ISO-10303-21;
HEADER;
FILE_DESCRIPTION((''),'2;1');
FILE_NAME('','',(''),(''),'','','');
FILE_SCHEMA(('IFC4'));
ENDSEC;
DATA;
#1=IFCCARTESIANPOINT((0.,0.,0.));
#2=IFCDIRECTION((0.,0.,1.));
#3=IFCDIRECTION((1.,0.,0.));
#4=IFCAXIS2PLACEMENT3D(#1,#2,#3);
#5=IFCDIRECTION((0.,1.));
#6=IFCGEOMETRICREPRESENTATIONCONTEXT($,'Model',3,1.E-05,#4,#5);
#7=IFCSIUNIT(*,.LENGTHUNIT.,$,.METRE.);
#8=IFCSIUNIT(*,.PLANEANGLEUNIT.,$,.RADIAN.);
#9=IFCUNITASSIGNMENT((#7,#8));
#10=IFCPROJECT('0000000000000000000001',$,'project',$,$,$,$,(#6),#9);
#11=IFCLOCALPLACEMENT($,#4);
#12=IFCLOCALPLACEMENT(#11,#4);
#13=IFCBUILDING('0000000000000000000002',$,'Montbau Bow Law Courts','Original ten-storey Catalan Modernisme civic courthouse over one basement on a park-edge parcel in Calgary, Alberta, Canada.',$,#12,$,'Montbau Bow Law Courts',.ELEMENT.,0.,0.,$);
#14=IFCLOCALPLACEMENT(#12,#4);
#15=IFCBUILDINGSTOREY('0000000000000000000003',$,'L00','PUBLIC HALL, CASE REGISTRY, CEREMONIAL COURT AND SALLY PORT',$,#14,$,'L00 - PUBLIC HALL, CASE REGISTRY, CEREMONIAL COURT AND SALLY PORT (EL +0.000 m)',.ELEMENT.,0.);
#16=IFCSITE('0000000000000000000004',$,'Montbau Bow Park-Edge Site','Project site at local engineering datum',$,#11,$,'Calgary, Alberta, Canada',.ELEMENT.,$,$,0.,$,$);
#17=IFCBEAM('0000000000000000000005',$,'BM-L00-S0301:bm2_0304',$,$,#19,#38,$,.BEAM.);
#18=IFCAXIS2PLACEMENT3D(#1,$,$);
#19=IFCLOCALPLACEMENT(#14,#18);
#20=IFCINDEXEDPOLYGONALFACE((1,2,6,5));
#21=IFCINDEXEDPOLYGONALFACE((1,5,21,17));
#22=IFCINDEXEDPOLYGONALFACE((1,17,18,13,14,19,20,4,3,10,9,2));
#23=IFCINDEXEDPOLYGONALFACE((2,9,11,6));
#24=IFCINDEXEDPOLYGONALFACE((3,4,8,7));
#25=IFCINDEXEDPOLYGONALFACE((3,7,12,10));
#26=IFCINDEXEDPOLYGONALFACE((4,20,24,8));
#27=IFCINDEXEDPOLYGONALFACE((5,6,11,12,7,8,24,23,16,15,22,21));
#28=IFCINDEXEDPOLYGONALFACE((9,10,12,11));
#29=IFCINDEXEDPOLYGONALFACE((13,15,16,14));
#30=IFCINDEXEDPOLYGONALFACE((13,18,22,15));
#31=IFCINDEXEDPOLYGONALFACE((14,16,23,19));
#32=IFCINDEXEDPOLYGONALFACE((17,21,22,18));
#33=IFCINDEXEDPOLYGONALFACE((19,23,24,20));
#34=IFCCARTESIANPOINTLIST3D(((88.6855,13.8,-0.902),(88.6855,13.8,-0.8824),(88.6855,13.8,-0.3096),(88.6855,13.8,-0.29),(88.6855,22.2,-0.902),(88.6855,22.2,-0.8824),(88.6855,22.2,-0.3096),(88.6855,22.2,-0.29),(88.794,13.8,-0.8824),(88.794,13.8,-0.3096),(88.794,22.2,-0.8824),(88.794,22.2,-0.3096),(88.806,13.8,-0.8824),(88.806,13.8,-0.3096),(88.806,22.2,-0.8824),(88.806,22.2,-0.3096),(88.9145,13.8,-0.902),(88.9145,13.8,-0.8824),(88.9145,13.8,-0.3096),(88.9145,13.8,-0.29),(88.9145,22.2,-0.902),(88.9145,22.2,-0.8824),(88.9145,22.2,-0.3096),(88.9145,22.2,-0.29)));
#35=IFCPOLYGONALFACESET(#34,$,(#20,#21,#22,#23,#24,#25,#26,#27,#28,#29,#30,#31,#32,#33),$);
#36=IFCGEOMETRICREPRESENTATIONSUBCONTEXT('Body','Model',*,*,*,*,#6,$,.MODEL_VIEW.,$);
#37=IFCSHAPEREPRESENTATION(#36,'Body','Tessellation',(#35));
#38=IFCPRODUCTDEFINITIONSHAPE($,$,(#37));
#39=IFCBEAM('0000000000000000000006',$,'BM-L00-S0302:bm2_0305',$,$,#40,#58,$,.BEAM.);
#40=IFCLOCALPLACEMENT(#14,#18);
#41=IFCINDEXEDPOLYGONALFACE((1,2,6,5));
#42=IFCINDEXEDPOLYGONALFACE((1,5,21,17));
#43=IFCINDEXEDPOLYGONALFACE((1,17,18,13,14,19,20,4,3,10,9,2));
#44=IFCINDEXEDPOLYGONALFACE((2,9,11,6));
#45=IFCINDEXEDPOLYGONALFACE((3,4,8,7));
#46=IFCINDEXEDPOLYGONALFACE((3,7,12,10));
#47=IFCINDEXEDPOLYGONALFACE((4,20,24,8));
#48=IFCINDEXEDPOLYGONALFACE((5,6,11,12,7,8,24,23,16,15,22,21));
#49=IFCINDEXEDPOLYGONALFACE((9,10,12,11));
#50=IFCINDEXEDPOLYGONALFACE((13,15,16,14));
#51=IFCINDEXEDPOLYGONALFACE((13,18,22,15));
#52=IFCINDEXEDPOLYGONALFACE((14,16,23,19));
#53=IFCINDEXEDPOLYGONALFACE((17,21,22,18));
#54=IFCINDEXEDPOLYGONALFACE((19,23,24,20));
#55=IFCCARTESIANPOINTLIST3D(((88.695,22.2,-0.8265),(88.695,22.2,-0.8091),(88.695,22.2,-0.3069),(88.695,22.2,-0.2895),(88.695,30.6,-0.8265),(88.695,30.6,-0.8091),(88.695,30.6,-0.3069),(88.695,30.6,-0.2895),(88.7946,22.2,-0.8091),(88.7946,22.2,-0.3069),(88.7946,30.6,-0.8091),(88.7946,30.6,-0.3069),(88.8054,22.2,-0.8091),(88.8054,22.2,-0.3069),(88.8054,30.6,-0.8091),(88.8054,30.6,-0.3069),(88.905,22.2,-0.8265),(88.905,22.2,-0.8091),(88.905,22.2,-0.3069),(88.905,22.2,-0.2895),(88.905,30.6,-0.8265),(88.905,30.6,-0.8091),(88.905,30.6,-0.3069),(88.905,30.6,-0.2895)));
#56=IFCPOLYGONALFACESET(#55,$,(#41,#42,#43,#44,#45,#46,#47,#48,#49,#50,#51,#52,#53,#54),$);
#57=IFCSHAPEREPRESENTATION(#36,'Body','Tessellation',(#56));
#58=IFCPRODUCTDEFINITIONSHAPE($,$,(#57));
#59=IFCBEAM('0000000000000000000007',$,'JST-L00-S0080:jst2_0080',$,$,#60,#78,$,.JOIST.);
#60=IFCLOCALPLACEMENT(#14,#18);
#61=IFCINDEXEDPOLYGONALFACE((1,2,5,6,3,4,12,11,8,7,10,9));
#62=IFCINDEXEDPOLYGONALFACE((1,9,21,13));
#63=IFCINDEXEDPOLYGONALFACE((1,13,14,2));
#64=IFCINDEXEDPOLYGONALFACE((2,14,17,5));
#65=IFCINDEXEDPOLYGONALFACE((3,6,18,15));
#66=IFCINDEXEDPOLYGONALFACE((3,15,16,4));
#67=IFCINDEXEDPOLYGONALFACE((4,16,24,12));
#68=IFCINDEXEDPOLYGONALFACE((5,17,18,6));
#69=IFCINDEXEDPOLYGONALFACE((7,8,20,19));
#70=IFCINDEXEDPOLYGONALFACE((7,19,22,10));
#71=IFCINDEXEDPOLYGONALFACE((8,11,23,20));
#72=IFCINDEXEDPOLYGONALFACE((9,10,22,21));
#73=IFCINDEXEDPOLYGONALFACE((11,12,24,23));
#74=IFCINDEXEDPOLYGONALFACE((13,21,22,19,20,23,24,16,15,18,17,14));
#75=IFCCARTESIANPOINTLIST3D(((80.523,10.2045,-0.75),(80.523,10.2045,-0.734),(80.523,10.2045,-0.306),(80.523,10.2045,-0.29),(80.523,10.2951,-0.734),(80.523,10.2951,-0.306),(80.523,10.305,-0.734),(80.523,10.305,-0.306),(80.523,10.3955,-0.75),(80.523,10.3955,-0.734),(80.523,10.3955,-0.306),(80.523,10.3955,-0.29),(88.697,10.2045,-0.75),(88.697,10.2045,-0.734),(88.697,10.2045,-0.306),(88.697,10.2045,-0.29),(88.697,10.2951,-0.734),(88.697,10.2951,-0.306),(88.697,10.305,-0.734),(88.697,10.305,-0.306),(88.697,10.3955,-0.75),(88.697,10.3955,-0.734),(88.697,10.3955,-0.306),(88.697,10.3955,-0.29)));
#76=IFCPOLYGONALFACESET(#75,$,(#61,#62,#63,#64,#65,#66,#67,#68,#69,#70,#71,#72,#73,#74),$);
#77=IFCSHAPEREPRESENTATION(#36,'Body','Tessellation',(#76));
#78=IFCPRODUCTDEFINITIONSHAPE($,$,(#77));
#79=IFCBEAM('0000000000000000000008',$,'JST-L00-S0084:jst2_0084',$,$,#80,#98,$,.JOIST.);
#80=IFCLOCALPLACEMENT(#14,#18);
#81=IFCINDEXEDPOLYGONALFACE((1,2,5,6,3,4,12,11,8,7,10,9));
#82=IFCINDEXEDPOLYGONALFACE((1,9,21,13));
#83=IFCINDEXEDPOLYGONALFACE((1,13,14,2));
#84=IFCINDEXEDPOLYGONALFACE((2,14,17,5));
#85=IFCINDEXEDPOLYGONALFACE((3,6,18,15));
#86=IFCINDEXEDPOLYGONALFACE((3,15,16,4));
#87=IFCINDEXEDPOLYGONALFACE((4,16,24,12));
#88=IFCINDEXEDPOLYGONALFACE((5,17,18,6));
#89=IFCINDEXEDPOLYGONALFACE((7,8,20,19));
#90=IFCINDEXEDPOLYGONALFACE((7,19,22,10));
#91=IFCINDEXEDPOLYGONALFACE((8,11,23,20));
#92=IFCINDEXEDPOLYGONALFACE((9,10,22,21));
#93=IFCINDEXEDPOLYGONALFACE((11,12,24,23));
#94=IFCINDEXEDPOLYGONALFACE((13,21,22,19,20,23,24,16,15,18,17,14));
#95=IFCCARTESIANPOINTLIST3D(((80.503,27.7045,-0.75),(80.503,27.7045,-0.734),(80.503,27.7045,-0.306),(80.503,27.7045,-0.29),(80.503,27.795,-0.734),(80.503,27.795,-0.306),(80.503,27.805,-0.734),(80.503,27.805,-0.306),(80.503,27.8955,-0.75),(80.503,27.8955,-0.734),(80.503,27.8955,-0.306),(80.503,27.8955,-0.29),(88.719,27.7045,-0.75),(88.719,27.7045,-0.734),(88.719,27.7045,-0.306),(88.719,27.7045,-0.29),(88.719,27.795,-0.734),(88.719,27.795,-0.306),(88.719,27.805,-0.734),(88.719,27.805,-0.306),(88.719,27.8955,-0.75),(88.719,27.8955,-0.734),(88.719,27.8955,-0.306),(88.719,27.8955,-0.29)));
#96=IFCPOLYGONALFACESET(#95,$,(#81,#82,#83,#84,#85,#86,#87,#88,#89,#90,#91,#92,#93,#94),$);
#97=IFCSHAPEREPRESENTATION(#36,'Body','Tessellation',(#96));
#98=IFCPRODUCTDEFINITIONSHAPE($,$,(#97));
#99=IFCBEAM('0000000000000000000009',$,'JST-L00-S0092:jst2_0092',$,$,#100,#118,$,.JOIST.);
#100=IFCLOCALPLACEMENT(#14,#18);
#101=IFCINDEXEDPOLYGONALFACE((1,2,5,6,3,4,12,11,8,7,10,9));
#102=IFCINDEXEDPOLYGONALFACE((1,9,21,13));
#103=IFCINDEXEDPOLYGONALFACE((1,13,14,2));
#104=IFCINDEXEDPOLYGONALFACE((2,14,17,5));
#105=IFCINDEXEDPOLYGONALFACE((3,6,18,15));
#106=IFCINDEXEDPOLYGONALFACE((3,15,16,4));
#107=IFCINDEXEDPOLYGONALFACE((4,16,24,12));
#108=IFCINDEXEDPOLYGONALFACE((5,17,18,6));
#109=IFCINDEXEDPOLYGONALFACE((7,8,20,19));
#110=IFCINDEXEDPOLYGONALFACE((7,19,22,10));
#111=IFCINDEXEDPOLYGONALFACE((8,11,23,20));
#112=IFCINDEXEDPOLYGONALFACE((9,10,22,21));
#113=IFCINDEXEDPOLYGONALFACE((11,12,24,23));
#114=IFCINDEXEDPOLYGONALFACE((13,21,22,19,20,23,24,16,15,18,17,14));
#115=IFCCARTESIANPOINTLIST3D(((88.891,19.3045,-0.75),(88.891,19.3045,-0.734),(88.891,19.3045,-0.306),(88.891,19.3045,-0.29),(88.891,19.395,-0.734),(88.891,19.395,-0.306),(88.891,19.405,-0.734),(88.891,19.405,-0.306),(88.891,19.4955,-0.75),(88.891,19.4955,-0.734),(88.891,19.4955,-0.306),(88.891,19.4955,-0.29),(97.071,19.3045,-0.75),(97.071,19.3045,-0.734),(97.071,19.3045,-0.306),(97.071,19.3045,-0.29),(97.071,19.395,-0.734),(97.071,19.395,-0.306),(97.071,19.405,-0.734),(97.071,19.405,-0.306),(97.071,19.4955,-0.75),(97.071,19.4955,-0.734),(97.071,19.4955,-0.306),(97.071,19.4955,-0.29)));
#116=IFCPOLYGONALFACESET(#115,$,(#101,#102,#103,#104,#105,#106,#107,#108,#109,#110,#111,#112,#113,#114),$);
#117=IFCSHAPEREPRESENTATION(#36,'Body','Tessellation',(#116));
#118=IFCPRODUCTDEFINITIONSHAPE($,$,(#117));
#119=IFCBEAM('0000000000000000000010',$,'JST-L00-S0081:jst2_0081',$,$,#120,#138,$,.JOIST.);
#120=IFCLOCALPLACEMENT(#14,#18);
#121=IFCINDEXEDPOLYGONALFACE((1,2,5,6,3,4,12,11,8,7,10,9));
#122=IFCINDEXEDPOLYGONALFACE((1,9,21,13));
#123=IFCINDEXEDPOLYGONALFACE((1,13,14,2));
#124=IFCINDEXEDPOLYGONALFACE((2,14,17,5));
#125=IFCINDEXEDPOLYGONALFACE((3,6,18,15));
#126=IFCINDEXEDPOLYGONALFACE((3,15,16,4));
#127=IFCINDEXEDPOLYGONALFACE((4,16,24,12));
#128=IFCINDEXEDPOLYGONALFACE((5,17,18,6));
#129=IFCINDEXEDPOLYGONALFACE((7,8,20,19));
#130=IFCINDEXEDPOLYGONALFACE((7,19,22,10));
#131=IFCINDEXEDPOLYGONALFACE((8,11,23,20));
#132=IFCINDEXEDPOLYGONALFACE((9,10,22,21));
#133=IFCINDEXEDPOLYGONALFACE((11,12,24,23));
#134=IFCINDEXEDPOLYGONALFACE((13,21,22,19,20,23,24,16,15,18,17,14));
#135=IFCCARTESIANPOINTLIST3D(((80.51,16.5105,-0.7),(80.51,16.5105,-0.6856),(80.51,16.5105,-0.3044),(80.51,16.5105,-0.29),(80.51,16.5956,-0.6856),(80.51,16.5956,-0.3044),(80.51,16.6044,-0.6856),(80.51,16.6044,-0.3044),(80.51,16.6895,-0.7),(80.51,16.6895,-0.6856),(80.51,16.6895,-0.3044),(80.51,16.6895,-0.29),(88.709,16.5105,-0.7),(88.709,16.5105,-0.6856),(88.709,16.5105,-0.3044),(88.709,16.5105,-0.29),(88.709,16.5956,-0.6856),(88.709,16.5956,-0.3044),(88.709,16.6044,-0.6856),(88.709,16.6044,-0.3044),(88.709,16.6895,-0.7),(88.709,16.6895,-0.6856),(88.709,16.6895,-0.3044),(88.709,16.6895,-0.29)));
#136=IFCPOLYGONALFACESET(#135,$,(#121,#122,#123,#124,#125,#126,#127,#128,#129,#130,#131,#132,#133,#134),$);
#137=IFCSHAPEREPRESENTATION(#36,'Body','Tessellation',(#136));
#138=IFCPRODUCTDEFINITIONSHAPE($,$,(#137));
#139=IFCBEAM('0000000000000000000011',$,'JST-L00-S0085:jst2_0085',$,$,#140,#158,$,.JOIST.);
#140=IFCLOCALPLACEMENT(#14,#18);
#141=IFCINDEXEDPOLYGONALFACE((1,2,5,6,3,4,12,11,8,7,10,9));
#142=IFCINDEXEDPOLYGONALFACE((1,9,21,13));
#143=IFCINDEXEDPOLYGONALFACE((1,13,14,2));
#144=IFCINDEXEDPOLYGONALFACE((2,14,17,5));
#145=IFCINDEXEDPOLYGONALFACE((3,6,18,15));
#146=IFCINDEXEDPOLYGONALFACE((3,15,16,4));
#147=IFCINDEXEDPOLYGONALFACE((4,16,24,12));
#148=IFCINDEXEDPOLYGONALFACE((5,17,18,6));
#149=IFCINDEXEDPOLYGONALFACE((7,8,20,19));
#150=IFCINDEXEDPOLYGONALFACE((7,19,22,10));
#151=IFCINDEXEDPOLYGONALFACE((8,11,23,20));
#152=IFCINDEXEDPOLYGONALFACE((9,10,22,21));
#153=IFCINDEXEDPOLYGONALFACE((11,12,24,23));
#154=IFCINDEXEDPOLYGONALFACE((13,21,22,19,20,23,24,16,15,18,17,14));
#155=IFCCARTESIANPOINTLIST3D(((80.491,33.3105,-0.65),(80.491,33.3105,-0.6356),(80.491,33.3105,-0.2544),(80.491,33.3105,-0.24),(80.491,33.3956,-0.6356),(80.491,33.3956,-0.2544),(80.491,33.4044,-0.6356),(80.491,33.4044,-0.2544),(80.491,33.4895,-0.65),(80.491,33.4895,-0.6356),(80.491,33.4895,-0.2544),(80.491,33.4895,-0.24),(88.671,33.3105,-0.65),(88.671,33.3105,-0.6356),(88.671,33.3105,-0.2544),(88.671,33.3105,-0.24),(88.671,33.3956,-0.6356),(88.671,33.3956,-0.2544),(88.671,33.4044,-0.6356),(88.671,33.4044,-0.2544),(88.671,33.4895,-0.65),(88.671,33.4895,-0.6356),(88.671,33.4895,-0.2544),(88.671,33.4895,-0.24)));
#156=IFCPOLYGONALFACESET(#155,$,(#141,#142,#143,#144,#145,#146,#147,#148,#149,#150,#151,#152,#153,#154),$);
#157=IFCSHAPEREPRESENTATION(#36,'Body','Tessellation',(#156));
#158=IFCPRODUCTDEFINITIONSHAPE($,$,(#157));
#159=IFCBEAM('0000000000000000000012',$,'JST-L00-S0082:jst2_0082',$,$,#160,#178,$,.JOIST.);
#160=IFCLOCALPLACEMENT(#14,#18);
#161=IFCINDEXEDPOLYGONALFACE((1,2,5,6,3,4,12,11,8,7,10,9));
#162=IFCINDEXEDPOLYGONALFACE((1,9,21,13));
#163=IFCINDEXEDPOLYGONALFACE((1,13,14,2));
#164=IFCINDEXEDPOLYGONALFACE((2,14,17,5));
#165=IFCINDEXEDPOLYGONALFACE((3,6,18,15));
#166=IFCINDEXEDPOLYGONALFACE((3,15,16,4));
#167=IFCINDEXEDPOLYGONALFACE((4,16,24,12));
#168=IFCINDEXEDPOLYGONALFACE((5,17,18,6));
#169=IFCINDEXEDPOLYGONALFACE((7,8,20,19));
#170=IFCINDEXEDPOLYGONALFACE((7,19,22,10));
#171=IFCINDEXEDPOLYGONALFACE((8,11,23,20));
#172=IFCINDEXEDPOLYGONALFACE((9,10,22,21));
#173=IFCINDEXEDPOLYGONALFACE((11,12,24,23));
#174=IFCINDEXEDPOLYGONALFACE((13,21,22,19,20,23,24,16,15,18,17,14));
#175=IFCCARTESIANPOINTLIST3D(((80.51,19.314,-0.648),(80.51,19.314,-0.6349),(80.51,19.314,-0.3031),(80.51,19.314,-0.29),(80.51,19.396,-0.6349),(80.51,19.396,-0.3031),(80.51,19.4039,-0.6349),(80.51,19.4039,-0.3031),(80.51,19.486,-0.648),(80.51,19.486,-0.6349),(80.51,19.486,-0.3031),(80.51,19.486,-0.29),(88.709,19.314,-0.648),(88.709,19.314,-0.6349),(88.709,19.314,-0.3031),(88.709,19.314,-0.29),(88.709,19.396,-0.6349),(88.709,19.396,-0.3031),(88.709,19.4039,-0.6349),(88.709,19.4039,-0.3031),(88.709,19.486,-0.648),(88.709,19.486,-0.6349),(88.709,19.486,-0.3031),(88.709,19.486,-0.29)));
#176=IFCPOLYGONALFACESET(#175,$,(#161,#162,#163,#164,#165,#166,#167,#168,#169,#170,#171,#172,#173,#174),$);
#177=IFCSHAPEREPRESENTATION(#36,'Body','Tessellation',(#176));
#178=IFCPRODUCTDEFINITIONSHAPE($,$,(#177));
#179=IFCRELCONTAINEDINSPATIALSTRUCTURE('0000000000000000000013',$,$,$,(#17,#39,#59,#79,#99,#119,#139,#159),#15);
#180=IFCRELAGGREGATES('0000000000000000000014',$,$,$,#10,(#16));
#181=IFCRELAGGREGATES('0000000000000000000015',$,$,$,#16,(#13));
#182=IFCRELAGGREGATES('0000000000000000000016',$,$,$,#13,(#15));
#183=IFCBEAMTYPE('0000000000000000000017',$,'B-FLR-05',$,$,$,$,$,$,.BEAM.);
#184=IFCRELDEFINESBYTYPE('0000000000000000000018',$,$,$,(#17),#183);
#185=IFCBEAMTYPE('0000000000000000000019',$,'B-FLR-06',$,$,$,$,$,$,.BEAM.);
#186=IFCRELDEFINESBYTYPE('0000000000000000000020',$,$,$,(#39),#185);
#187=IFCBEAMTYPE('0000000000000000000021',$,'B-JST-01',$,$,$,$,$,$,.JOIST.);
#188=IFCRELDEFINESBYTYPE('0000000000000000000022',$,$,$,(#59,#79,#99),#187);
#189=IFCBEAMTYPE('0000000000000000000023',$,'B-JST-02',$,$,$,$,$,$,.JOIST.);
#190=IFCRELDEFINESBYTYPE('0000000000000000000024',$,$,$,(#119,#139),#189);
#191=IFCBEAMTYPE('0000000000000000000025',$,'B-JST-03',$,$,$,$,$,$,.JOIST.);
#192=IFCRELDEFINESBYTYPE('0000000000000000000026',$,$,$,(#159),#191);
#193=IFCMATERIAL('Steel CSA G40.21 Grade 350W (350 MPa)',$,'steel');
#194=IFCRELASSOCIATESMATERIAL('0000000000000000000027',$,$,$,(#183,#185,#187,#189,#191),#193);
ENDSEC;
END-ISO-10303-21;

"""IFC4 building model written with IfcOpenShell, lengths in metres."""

from ifc_helpers import new_model, si_unit, direction, frame, origin_with_axes, origin_2d_with_axis, place, context, subcontext, project, spatial, i_section, extrude, material, material_profile, profile_set, type_object, element, save


model = new_model("IFC4")

# Units and contexts
model_context = context("Model", 3, precision=1e-05, world=origin_with_axes(), true_north=direction((0.0, 1.0)))
body_context = subcontext(model_context, "Body", "Model", "MODEL_VIEW")
ifc_project = project(units=[si_unit("LENGTHUNIT", "METRE"), si_unit("PLANEANGLEUNIT", "RADIAN")], contexts=[model_context])

# Site, building, storey
site_placement = place(None, origin_with_axes())
site = spatial("IfcSite", under=ifc_project, at=site_placement, Name="Montbau Bow Park-Edge Site", Description="Project site at local engineering datum", LongName="Calgary, Alberta, Canada", CompositionType="ELEMENT", RefElevation=0.0)
building_placement = place(site_placement, origin_with_axes())
building = spatial("IfcBuilding", under=site, at=building_placement, Name="Montbau Bow Law Courts", Description="Original ten-storey Catalan Modernisme civic courthouse over one basement on a park-edge parcel in Calgary, Alberta, Canada.", LongName="Montbau Bow Law Courts", CompositionType="ELEMENT", ElevationOfRefHeight=0.0, ElevationOfTerrain=0.0)
storey_placement = place(building_placement, origin_with_axes())
storey = spatial("IfcBuildingStorey", under=building, at=storey_placement, Name="L00", Description="PUBLIC HALL, CASE REGISTRY, CEREMONIAL COURT AND SALLY PORT", LongName="L00 - PUBLIC HALL, CASE REGISTRY, CEREMONIAL COURT AND SALLY PORT (EL +0.000 m)", CompositionType="ELEMENT", Elevation=0.0)

# Beams
ifc_material_1 = material(Name="Steel CSA G40.21 Grade 350W (350 MPa)", Category="steel")
ifc_material_profile_1 = material_profile(ifc_material_1, i_section(OverallWidth=0.229, OverallDepth=0.612, WebThickness=0.0119, FlangeThickness=0.0196, at=origin_2d_with_axis()), Name="W610X125", Category="Main", Priority=0)
ifc_profile_set_1 = profile_set([ifc_material_profile_1], Name="Steel CSA G40.21 Grade 350W (350 MPa)")
beam_type_1 = type_object("IfcBeamType", Name="B-FLR-05", PredefinedType="BEAM", material=ifc_profile_set_1)
for number, where, z_axis, x_axis, name in (
    (1, (88.8, 13.8, -0.596), (0.0, 1.0, 0.0), (-1.0, 0.0, 0.0), "BM-L00-S0301:bm2_0304"),
):
    element("IfcBeam", number, at=place(None, frame(where, z_axis=z_axis, x_axis=x_axis)), inside=storey, type_object=beam_type_1, Name=name, PredefinedType="BEAM", context=body_context, shape_type="SweptSolid", body=[
        extrude(i_section(OverallWidth=0.229, OverallDepth=0.612, WebThickness=0.0119, FlangeThickness=0.0196, at=origin_2d_with_axis()), origin_with_axes(), (0.0, 0.0, 1.0), 8.4),
    ])
ifc_material_profile_2 = material_profile(ifc_material_1, i_section(OverallWidth=0.21, OverallDepth=0.537, WebThickness=0.0109, FlangeThickness=0.0174, at=origin_2d_with_axis()), Name="W530X101", Category="Main", Priority=0)
ifc_profile_set_2 = profile_set([ifc_material_profile_2], Name="Steel CSA G40.21 Grade 350W (350 MPa)")
beam_type_2 = type_object("IfcBeamType", Name="B-FLR-06", PredefinedType="BEAM", material=ifc_profile_set_2)
beam_1_placement = place(None, frame((88.8, 22.2, -0.558), z_axis=(0.0, 1.0, 0.0), x_axis=(-1.0, 0.0, 0.0)))
element("IfcBeam", 2, at=beam_1_placement, inside=storey, type_object=beam_type_2, Name="BM-L00-S0302:bm2_0305", PredefinedType="BEAM", context=body_context, shape_type="SweptSolid", body=[
    extrude(i_section(OverallWidth=0.21, OverallDepth=0.537, WebThickness=0.0109, FlangeThickness=0.0174, at=origin_2d_with_axis()), origin_with_axes(), (0.0, 0.0, 1.0), 8.4),
])
ifc_material_profile_3 = material_profile(ifc_material_1, i_section(OverallWidth=0.191, OverallDepth=0.46, WebThickness=0.0099, FlangeThickness=0.016, at=origin_2d_with_axis()), Name="W460X82", Category="Main", Priority=0)
ifc_profile_set_3 = profile_set([ifc_material_profile_3], Name="Steel CSA G40.21 Grade 350W (350 MPa)")
beam_type_3 = type_object("IfcBeamType", Name="B-JST-01", PredefinedType="JOIST", material=ifc_profile_set_3)
beam_2_placement = place(None, frame((80.523, 10.3, -0.52), z_axis=(1.0, 0.0, 0.0), x_axis=(0.0, 1.0, 0.0)))
element("IfcBeam", 3, at=beam_2_placement, inside=storey, type_object=beam_type_3, Name="JST-L00-S0080:jst2_0080", PredefinedType="JOIST", context=body_context, shape_type="SweptSolid", body=[
    extrude(i_section(OverallWidth=0.191, OverallDepth=0.46, WebThickness=0.0099, FlangeThickness=0.016, at=origin_2d_with_axis()), origin_with_axes(), (0.0, 0.0, 1.0), 8.174),
])
beam_3_placement = place(None, frame((80.503, 27.8, -0.52), z_axis=(1.0, 0.0, 0.0), x_axis=(0.0, 1.0, 0.0)))
element("IfcBeam", 4, at=beam_3_placement, inside=storey, type_object=beam_type_3, Name="JST-L00-S0084:jst2_0084", PredefinedType="JOIST", context=body_context, shape_type="SweptSolid", body=[
    extrude(i_section(OverallWidth=0.191, OverallDepth=0.46, WebThickness=0.0099, FlangeThickness=0.016, at=origin_2d_with_axis()), origin_with_axes(), (0.0, 0.0, 1.0), 8.216),
])
beam_4_placement = place(None, frame((88.891, 19.4, -0.52), z_axis=(1.0, 0.0, 0.0), x_axis=(0.0, 1.0, 0.0)))
element("IfcBeam", 5, at=beam_4_placement, inside=storey, type_object=beam_type_3, Name="JST-L00-S0092:jst2_0092", PredefinedType="JOIST", context=body_context, shape_type="SweptSolid", body=[
    extrude(i_section(OverallWidth=0.191, OverallDepth=0.46, WebThickness=0.0099, FlangeThickness=0.016, at=origin_2d_with_axis()), origin_with_axes(), (0.0, 0.0, 1.0), 8.18),
])
ifc_material_profile_4 = material_profile(ifc_material_1, i_section(OverallWidth=0.179, OverallDepth=0.41, WebThickness=0.0088, FlangeThickness=0.0144, at=origin_2d_with_axis()), Name="W410X67", Category="Main", Priority=0)
ifc_profile_set_4 = profile_set([ifc_material_profile_4], Name="Steel CSA G40.21 Grade 350W (350 MPa)")
beam_type_4 = type_object("IfcBeamType", Name="B-JST-02", PredefinedType="JOIST", material=ifc_profile_set_4)
beam_5_placement = place(None, frame((80.51, 16.6, -0.495), z_axis=(1.0, 0.0, 0.0), x_axis=(0.0, 1.0, 0.0)))
element("IfcBeam", 6, at=beam_5_placement, inside=storey, type_object=beam_type_4, Name="JST-L00-S0081:jst2_0081", PredefinedType="JOIST", context=body_context, shape_type="SweptSolid", body=[
    extrude(i_section(OverallWidth=0.179, OverallDepth=0.41, WebThickness=0.0088, FlangeThickness=0.0144, at=origin_2d_with_axis()), origin_with_axes(), (0.0, 0.0, 1.0), 8.199),
])
beam_6_placement = place(None, frame((80.491, 33.4, -0.445), z_axis=(1.0, 0.0, 0.0), x_axis=(0.0, 1.0, 0.0)))
element("IfcBeam", 7, at=beam_6_placement, inside=storey, type_object=beam_type_4, Name="JST-L00-S0085:jst2_0085", PredefinedType="JOIST", context=body_context, shape_type="SweptSolid", body=[
    extrude(i_section(OverallWidth=0.179, OverallDepth=0.41, WebThickness=0.0088, FlangeThickness=0.0144, at=origin_2d_with_axis()), origin_with_axes(), (0.0, 0.0, 1.0), 8.18),
])
ifc_material_profile_5 = material_profile(ifc_material_1, i_section(OverallWidth=0.172, OverallDepth=0.358, WebThickness=0.0079, FlangeThickness=0.0131, at=origin_2d_with_axis()), Name="W360X57", Category="Main", Priority=0)
ifc_profile_set_5 = profile_set([ifc_material_profile_5], Name="Steel CSA G40.21 Grade 350W (350 MPa)")
beam_type_5 = type_object("IfcBeamType", Name="B-JST-03", PredefinedType="JOIST", material=ifc_profile_set_5)
beam_7_placement = place(None, frame((80.51, 19.4, -0.469), z_axis=(1.0, 0.0, 0.0), x_axis=(0.0, 1.0, 0.0)))
element("IfcBeam", 8, at=beam_7_placement, inside=storey, type_object=beam_type_5, Name="JST-L00-S0082:jst2_0082", PredefinedType="JOIST", context=body_context, shape_type="SweptSolid", body=[
    extrude(i_section(OverallWidth=0.172, OverallDepth=0.358, WebThickness=0.0079, FlangeThickness=0.0131, at=origin_2d_with_axis()), origin_with_axes(), (0.0, 0.0, 1.0), 8.199),
])

save(model, "model.ifc")
